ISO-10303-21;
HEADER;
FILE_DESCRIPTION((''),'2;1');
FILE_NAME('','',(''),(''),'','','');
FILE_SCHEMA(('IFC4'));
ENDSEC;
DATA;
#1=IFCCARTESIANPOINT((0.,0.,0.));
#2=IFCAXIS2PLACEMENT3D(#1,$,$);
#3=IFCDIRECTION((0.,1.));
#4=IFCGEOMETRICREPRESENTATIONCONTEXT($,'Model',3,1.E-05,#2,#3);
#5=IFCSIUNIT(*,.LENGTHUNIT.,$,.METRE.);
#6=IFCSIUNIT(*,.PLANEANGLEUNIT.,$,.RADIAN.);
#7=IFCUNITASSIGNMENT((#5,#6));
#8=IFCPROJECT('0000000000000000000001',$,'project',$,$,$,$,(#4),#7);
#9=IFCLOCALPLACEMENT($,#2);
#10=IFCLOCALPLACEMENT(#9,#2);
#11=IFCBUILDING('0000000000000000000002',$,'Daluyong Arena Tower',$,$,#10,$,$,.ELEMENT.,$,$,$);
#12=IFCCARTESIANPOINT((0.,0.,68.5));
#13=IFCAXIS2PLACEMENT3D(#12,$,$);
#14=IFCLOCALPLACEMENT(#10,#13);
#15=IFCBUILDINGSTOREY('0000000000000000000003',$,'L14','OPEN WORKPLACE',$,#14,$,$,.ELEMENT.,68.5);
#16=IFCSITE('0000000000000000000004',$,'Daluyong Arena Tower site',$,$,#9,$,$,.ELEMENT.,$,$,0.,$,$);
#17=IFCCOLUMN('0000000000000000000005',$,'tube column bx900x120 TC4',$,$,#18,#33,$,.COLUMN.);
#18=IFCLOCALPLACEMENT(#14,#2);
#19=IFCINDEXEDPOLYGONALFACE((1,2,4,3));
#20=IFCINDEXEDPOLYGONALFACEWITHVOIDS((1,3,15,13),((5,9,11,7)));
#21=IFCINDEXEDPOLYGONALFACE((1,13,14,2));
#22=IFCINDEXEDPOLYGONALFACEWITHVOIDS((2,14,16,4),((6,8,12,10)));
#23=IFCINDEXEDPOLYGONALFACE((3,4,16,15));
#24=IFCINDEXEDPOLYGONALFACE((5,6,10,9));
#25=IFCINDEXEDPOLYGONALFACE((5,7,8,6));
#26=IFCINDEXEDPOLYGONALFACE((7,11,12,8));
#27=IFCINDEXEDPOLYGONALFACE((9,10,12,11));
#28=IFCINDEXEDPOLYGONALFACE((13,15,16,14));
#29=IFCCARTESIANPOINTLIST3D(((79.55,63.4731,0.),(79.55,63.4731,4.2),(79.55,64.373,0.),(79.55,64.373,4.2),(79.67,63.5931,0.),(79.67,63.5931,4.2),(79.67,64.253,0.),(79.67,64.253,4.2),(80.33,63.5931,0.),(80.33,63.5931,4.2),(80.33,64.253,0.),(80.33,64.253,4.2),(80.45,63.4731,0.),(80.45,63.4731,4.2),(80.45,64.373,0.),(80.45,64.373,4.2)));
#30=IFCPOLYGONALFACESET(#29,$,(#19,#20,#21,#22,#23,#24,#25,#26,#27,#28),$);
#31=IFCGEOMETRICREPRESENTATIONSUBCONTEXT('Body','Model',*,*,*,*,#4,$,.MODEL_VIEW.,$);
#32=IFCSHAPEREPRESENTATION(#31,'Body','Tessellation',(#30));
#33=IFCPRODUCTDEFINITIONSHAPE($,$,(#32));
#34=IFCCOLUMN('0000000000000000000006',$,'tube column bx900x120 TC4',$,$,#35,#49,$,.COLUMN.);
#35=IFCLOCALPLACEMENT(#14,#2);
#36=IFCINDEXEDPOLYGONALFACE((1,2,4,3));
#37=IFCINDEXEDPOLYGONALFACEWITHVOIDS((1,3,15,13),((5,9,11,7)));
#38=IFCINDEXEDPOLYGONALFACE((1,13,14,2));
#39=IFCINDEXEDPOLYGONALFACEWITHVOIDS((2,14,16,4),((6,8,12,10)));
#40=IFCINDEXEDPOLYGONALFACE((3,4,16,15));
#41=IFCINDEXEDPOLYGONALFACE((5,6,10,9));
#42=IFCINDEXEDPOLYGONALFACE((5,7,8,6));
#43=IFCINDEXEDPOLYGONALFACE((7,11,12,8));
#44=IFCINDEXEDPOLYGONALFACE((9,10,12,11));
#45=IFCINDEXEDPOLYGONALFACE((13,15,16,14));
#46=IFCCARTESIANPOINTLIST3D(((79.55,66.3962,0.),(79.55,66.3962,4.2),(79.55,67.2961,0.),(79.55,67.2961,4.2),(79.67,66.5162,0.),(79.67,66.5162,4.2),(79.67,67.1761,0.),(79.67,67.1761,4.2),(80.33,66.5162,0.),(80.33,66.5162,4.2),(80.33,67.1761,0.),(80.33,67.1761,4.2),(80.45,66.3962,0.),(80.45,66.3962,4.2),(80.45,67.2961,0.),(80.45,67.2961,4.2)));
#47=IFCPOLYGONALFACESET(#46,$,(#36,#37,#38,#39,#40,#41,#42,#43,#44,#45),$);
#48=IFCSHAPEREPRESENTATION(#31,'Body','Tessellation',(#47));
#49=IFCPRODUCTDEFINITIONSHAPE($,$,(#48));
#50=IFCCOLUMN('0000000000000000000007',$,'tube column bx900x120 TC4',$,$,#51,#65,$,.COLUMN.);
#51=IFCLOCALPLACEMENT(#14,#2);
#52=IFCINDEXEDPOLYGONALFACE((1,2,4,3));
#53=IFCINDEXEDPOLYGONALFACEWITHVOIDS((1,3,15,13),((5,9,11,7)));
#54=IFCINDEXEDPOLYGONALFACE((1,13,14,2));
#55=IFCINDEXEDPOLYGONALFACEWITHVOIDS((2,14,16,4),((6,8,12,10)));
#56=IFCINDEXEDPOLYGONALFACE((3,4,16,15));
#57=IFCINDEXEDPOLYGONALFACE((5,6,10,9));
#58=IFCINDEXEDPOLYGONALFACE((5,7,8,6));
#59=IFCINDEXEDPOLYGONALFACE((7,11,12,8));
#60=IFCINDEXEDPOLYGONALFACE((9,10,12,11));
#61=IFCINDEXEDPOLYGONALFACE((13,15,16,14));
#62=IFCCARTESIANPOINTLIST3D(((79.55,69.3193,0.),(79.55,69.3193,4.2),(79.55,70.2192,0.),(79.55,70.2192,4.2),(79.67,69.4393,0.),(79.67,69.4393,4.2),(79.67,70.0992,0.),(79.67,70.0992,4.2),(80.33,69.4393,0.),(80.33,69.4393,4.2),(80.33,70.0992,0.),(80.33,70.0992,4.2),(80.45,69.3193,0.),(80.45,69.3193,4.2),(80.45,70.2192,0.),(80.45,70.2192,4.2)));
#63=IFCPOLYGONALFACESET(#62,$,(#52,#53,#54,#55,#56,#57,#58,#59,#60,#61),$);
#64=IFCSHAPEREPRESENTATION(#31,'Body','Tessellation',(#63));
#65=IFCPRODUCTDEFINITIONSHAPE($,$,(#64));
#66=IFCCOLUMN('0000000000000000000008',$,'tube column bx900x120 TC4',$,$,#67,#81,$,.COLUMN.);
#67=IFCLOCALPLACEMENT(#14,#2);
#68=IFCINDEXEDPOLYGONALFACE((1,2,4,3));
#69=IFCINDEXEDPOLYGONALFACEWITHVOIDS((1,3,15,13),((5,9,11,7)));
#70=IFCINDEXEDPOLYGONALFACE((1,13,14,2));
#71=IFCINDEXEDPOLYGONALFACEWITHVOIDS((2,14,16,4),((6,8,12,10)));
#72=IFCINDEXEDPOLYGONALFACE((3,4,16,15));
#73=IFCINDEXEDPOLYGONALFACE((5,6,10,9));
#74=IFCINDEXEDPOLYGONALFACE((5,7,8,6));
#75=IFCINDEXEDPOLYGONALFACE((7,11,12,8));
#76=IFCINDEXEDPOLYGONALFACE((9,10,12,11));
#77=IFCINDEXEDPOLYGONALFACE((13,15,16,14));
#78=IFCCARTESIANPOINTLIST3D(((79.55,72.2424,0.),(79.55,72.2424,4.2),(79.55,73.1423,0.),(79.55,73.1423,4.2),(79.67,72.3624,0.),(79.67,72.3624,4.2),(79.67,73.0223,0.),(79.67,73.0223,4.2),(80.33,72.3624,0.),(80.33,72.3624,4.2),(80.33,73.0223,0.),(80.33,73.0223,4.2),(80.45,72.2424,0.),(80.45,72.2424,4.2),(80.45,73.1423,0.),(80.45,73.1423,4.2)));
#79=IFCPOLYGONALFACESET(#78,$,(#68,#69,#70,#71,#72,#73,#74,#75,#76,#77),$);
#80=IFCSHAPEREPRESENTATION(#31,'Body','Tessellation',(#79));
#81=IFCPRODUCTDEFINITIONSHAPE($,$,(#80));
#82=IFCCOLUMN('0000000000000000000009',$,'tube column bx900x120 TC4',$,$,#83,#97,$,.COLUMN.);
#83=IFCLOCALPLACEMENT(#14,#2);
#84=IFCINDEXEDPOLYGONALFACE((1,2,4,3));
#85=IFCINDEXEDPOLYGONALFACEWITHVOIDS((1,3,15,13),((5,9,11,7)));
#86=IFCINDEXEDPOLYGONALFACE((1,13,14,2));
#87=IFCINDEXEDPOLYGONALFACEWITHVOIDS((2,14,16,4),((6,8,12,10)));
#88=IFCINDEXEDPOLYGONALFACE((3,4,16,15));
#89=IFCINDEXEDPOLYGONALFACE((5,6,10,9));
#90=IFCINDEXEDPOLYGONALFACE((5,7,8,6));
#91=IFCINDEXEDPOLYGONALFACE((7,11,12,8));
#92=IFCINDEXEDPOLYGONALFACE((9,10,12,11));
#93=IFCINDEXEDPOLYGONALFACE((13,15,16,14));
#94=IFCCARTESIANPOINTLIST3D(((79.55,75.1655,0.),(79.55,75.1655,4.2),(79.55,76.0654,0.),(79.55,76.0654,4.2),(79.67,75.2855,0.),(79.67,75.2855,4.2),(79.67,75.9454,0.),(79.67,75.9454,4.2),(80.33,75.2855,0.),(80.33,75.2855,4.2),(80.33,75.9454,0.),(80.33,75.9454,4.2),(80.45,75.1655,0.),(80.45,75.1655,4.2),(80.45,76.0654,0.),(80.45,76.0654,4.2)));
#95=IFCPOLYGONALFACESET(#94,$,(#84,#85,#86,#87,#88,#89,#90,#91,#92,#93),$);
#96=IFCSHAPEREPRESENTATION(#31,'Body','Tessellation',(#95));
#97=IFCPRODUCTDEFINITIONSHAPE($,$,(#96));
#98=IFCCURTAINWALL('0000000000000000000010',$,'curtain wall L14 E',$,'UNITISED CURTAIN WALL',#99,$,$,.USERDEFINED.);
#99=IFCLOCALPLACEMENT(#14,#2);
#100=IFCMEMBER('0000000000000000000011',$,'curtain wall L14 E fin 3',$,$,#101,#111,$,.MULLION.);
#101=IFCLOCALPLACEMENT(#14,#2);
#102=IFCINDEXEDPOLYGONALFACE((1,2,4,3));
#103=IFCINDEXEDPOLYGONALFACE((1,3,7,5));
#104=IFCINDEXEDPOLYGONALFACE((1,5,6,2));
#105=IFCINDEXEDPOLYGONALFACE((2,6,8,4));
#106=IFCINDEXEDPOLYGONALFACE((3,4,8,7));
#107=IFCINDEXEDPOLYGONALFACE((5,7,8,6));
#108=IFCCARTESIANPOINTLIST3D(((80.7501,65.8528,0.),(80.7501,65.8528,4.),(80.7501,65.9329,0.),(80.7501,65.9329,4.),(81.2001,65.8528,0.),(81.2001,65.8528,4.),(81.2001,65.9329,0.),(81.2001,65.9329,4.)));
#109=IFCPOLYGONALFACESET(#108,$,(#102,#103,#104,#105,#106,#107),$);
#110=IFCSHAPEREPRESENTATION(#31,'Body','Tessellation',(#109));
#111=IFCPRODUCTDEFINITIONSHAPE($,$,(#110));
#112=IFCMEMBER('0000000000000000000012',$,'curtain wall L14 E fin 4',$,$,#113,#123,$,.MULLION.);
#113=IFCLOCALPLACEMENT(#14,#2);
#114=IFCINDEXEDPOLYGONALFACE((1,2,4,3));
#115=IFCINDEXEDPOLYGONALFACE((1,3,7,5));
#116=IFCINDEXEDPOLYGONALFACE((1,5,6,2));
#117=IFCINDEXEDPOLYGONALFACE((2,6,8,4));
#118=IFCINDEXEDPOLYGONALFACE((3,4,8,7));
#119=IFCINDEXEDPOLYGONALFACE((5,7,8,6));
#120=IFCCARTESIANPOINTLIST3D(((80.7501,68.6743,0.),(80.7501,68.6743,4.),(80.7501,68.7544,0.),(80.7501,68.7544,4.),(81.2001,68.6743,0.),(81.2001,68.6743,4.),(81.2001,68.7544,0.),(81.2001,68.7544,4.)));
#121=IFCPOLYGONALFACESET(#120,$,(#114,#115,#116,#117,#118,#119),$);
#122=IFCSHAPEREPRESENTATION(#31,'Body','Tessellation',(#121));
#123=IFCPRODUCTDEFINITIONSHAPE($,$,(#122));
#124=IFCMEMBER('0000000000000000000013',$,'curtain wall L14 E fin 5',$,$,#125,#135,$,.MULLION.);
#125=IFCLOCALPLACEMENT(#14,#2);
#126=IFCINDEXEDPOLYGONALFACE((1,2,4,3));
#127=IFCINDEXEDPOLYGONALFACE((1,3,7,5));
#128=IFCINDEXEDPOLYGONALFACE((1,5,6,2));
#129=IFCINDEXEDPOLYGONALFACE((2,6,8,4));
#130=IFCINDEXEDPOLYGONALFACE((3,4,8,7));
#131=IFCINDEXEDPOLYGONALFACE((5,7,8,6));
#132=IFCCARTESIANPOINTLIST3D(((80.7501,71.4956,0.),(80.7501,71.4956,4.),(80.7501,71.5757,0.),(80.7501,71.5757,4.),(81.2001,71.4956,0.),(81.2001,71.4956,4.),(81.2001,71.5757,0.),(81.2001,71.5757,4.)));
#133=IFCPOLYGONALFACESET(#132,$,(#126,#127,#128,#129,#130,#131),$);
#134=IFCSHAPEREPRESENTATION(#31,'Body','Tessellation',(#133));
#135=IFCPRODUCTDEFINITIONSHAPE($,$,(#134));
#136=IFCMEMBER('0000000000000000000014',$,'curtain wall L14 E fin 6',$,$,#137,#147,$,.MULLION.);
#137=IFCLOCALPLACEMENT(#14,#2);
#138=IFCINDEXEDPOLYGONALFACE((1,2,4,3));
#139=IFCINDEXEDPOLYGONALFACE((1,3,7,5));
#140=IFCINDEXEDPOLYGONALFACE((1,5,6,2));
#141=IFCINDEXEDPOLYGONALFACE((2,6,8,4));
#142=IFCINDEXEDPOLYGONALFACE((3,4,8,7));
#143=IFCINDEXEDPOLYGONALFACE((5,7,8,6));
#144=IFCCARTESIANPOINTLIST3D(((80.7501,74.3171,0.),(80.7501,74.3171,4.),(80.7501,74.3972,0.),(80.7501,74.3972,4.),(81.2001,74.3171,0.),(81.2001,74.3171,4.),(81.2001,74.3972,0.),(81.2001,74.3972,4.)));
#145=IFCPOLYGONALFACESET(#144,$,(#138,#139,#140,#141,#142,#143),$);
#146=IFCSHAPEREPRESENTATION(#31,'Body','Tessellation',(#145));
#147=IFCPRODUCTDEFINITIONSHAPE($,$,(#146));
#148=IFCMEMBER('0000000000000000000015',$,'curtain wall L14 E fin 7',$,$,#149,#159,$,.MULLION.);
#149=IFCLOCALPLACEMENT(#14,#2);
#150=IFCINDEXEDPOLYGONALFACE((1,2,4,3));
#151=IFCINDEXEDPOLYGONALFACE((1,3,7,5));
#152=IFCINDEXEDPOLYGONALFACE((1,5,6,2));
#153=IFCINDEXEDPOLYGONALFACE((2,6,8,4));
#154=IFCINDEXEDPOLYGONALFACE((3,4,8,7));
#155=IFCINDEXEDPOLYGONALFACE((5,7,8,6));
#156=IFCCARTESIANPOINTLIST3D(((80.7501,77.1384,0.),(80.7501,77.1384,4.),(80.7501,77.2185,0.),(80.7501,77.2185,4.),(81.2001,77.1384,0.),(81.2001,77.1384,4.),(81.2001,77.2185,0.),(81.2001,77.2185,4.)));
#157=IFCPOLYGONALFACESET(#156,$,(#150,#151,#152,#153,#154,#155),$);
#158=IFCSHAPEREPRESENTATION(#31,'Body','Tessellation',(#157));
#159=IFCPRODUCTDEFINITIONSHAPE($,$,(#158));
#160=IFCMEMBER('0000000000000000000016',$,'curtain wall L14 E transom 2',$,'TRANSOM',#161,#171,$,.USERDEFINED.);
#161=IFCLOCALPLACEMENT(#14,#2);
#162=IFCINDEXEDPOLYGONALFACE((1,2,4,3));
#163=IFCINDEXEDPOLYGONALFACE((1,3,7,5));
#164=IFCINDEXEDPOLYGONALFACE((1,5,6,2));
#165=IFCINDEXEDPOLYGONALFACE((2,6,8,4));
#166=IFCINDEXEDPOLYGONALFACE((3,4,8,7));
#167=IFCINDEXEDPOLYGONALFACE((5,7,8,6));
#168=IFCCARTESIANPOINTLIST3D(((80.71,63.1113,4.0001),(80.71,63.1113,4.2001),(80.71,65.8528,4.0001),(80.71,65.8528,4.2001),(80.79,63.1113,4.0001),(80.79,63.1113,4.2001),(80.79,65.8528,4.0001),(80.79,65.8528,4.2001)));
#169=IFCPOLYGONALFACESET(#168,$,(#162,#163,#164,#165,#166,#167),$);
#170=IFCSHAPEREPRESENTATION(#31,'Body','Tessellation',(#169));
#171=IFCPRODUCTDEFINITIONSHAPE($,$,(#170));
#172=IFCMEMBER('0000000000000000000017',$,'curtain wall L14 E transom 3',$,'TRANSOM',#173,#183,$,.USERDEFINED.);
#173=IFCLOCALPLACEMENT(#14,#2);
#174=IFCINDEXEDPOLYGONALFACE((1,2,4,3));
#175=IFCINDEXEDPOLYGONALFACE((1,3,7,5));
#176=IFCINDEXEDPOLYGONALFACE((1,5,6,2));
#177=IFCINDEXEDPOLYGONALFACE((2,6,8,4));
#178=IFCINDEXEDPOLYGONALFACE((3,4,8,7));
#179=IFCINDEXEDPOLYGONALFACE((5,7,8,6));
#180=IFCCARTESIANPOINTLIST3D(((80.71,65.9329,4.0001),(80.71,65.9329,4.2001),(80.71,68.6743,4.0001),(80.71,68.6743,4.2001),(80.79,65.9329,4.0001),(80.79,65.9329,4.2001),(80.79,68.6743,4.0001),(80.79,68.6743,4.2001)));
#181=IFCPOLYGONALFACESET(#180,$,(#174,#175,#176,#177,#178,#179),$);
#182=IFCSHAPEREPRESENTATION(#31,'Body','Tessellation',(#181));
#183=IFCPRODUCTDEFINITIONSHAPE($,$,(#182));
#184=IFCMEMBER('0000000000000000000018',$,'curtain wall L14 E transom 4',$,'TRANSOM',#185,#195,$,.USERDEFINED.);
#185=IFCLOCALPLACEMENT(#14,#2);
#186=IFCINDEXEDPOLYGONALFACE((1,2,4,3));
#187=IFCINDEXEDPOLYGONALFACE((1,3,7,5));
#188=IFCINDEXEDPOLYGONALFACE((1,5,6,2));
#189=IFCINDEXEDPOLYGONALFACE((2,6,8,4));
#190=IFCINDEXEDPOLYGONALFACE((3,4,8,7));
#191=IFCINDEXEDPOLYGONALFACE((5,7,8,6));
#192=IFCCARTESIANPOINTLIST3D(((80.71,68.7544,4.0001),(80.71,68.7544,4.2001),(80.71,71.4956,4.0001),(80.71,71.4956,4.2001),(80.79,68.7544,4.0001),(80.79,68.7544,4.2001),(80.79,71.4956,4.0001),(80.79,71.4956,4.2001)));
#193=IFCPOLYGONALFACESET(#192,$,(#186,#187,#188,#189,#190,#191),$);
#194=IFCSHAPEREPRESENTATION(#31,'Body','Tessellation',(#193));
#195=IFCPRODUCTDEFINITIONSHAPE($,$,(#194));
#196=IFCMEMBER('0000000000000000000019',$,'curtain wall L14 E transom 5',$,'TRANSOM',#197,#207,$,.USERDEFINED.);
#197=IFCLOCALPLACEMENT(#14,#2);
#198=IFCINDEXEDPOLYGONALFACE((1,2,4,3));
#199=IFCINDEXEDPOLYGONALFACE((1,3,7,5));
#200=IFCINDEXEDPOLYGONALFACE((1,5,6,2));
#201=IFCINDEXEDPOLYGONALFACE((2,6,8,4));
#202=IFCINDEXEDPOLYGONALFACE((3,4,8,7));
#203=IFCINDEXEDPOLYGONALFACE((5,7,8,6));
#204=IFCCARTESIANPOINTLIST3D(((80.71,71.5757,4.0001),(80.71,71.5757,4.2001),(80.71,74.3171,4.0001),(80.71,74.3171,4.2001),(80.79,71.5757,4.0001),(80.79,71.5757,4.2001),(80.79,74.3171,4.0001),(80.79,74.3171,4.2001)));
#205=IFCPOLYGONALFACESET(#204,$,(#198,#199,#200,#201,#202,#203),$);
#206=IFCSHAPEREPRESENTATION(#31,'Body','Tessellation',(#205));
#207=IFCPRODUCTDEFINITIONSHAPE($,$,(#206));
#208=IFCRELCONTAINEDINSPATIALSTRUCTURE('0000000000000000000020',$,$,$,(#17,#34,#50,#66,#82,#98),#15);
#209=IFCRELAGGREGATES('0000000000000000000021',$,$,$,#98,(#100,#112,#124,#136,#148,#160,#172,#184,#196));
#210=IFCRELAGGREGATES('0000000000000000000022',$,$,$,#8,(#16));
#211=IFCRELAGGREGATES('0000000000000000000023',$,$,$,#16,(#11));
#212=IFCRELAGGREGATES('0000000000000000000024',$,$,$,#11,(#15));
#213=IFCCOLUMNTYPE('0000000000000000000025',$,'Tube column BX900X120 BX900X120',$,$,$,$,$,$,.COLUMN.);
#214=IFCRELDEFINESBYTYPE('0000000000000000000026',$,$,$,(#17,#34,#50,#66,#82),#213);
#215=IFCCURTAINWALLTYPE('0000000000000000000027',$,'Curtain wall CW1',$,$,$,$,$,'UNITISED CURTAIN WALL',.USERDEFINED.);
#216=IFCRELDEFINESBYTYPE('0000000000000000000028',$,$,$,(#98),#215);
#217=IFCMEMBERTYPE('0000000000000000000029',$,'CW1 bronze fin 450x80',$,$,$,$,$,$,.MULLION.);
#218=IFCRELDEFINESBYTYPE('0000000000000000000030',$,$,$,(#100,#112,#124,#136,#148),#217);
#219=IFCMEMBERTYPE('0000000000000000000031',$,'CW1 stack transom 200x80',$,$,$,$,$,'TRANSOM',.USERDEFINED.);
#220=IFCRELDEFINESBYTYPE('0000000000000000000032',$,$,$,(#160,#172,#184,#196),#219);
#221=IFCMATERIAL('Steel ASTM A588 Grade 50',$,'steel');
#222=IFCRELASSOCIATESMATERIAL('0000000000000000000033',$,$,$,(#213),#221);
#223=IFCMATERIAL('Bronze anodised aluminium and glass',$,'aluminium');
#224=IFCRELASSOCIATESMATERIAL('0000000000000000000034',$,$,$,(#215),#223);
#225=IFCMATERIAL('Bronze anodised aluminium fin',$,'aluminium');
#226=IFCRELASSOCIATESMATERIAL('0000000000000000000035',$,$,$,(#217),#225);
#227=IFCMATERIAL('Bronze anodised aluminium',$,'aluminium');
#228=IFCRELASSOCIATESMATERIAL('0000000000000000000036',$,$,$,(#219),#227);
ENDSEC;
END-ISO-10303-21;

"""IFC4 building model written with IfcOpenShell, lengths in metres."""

from ifc_helpers import new_model, si_unit, direction, frame, origin, origin_2d, place, context, subcontext, project, spatial, rectangle, hollow_rectangle, extrude, material, material_profile, profile_set, type_object, element, aggregate, save


model = new_model("IFC4")

# Units and contexts
model_context = context("Model", 3, precision=1e-05, world=origin(), true_north=direction((0.0, 1.0)))
body_context = subcontext(model_context, "Body", "Model", "MODEL_VIEW")
ifc_project = project(units=[si_unit("LENGTHUNIT", "METRE"), si_unit("PLANEANGLEUNIT", "RADIAN")], contexts=[model_context])

# Site, building, storey
site_placement = place(None, origin())
site = spatial("IfcSite", under=ifc_project, at=site_placement, Name="Daluyong Arena Tower site", CompositionType="ELEMENT", RefElevation=0.0)
building_placement = place(site_placement, origin())
building = spatial("IfcBuilding", under=site, at=building_placement, Name="Daluyong Arena Tower", CompositionType="ELEMENT")
storey_placement = place(building_placement, frame((0.0, 0.0, 68.5)))
storey = spatial("IfcBuildingStorey", under=building, at=storey_placement, Name="L14", Description="OPEN WORKPLACE", CompositionType="ELEMENT", Elevation=68.5)

# Columns
ifc_material_1 = material(Name="Steel ASTM A588 Grade 50", Category="steel")
ifc_material_profile_1 = material_profile(ifc_material_1, hollow_rectangle(XDim=0.8999, YDim=0.8999, WallThickness=0.12, at=origin_2d()))
ifc_profile_set_1 = profile_set([ifc_material_profile_1], Name="Steel ASTM A588 Grade 50")
column_type = type_object("IfcColumnType", Name="Tube column BX900X120 BX900X120", PredefinedType="COLUMN", material=ifc_profile_set_1)
for number, where, z_axis, x_axis, name in (
    (1, (80.0, 63.9231, 0.0), (0.0, 0.0, 1.0), (0.0, 1.0, 0.0), "tube column bx900x120 TC4"),
    (2, (80.0, 66.8462, 0.0), (0.0, 0.0, 1.0), (0.0, 1.0, 0.0), "tube column bx900x120 TC4"),
    (3, (80.0, 69.7693, 0.0), (0.0, 0.0, 1.0), (0.0, 1.0, 0.0), "tube column bx900x120 TC4"),
    (4, (80.0, 72.6924, 0.0), (0.0, 0.0, 1.0), (0.0, 1.0, 0.0), "tube column bx900x120 TC4"),
    (5, (80.0, 75.6155, 0.0), (0.0, 0.0, 1.0), (0.0, 1.0, 0.0), "tube column bx900x120 TC4"),
):
    element("IfcColumn", number, at=place(storey_placement, frame(where, z_axis=z_axis, x_axis=x_axis)), inside=storey, type_object=column_type, Name=name, PredefinedType="COLUMN", context=body_context, shape_type="SweptSolid", body=[
        extrude(hollow_rectangle(XDim=0.8999, YDim=0.8999, WallThickness=0.12, at=origin_2d()), origin(), (0.0, 0.0, 1.0), 4.2),
    ])

# Curtain wall, members
ifc_material_2 = material(Name="Bronze anodised aluminium and glass", Category="aluminium")
curtain_wall_type = type_object("IfcCurtainWallType", Name="Curtain wall CW1", ElementType="UNITISED CURTAIN WALL", PredefinedType="USERDEFINED", material=ifc_material_2)
curtain_wall_placement = place(storey_placement, origin())
curtain_wall = element("IfcCurtainWall", 6, at=curtain_wall_placement, inside=storey, type_object=curtain_wall_type, Name="curtain wall L14 E", ObjectType="UNITISED CURTAIN WALL", PredefinedType="USERDEFINED")
ifc_material_3 = material(Name="Bronze anodised aluminium fin", Category="aluminium")
ifc_material_profile_2 = material_profile(ifc_material_3, rectangle(XDim=0.45, YDim=0.0801, at=origin_2d()))
ifc_profile_set_2 = profile_set([ifc_material_profile_2], Name="Bronze anodised aluminium fin")
member_type_1 = type_object("IfcMemberType", Name="CW1 bronze fin 450x80", PredefinedType="MULLION", material=ifc_profile_set_2)
member_1_placement = place(storey_placement, frame((80.9751, 65.8928, 0.0), z_axis=(0.0, 0.0, 1.0), x_axis=(-1.0, 0.0, 0.0)))
member_1 = element("IfcMember", 7, at=member_1_placement, type_object=member_type_1, Name="curtain wall L14 E fin 3", PredefinedType="MULLION", context=body_context, shape_type="SweptSolid", body=[
    extrude(rectangle(XDim=0.45, YDim=0.0801, at=origin_2d()), origin(), (0.0, 0.0, 1.0), 4.0),
])
member_2_placement = place(storey_placement, frame((80.9751, 68.7144, 0.0), z_axis=(0.0, 0.0, 1.0), x_axis=(-1.0, 0.0, 0.0)))
member_2 = element("IfcMember", 8, at=member_2_placement, type_object=member_type_1, Name="curtain wall L14 E fin 4", PredefinedType="MULLION", context=body_context, shape_type="SweptSolid", body=[
    extrude(rectangle(XDim=0.45, YDim=0.0801, at=origin_2d()), origin(), (0.0, 0.0, 1.0), 4.0),
])
member_3_placement = place(storey_placement, frame((80.9751, 71.5356, 0.0), z_axis=(0.0, 0.0, 1.0), x_axis=(-1.0, 0.0, 0.0)))
member_3 = element("IfcMember", 9, at=member_3_placement, type_object=member_type_1, Name="curtain wall L14 E fin 5", PredefinedType="MULLION", context=body_context, shape_type="SweptSolid", body=[
    extrude(rectangle(XDim=0.45, YDim=0.0801, at=origin_2d()), origin(), (0.0, 0.0, 1.0), 4.0),
])
member_4_placement = place(storey_placement, frame((80.9751, 74.3572, 0.0), z_axis=(0.0, 0.0, 1.0), x_axis=(-1.0, 0.0, 0.0)))
member_4 = element("IfcMember", 10, at=member_4_placement, type_object=member_type_1, Name="curtain wall L14 E fin 6", PredefinedType="MULLION", context=body_context, shape_type="SweptSolid", body=[
    extrude(rectangle(XDim=0.45, YDim=0.0801, at=origin_2d()), origin(), (0.0, 0.0, 1.0), 4.0),
])
member_5_placement = place(storey_placement, frame((80.9751, 77.1785, 0.0), z_axis=(0.0, 0.0, 1.0), x_axis=(-1.0, 0.0, 0.0)))
member_5 = element("IfcMember", 11, at=member_5_placement, type_object=member_type_1, Name="curtain wall L14 E fin 7", PredefinedType="MULLION", context=body_context, shape_type="SweptSolid", body=[
    extrude(rectangle(XDim=0.45, YDim=0.0801, at=origin_2d()), origin(), (0.0, 0.0, 1.0), 4.0),
])
ifc_material_4 = material(Name="Bronze anodised aluminium", Category="aluminium")
ifc_material_profile_3 = material_profile(ifc_material_4, rectangle(XDim=0.0801, YDim=0.2, at=origin_2d()))
ifc_profile_set_3 = profile_set([ifc_material_profile_3], Name="Bronze anodised aluminium")
member_type_2 = type_object("IfcMemberType", Name="CW1 stack transom 200x80", ElementType="TRANSOM", PredefinedType="USERDEFINED", material=ifc_profile_set_3)
member_6_placement = place(storey_placement, frame((80.75, 63.1113, 4.1001), z_axis=(0.0, 1.0, 0.0), x_axis=(-1.0, 0.0, 0.0)))
member_6 = element("IfcMember", 12, at=member_6_placement, type_object=member_type_2, Name="curtain wall L14 E transom 2", ObjectType="TRANSOM", PredefinedType="USERDEFINED", context=body_context, shape_type="SweptSolid", body=[
    extrude(rectangle(XDim=0.0801, YDim=0.2, at=origin_2d()), origin(), (0.0, 0.0, 1.0), 2.7415),
])
member_7_placement = place(storey_placement, frame((80.75, 65.9329, 4.1001), z_axis=(0.0, 1.0, 0.0), x_axis=(-1.0, 0.0, 0.0)))
member_7 = element("IfcMember", 13, at=member_7_placement, type_object=member_type_2, Name="curtain wall L14 E transom 3", ObjectType="TRANSOM", PredefinedType="USERDEFINED", context=body_context, shape_type="SweptSolid", body=[
    extrude(rectangle(XDim=0.0801, YDim=0.2, at=origin_2d()), origin(), (0.0, 0.0, 1.0), 2.7415),
])
member_8_placement = place(storey_placement, frame((80.75, 68.7544, 4.1001), z_axis=(0.0, 1.0, 0.0), x_axis=(-1.0, 0.0, 0.0)))
member_8 = element("IfcMember", 14, at=member_8_placement, type_object=member_type_2, Name="curtain wall L14 E transom 4", ObjectType="TRANSOM", PredefinedType="USERDEFINED", context=body_context, shape_type="SweptSolid", body=[
    extrude(rectangle(XDim=0.0801, YDim=0.2, at=origin_2d()), origin(), (0.0, 0.0, 1.0), 2.7412),
])
member_9_placement = place(storey_placement, frame((80.75, 71.5757, 4.1001), z_axis=(0.0, 1.0, 0.0), x_axis=(-1.0, 0.0, 0.0)))
member_9 = element("IfcMember", 15, at=member_9_placement, type_object=member_type_2, Name="curtain wall L14 E transom 5", ObjectType="TRANSOM", PredefinedType="USERDEFINED", context=body_context, shape_type="SweptSolid", body=[
    extrude(rectangle(XDim=0.0801, YDim=0.2, at=origin_2d()), origin(), (0.0, 0.0, 1.0), 2.7415),
])

aggregate(curtain_wall, [member_1, member_2, member_3, member_4, member_5, member_6, member_7, member_8, member_9])

save(model, "model.ifc")
